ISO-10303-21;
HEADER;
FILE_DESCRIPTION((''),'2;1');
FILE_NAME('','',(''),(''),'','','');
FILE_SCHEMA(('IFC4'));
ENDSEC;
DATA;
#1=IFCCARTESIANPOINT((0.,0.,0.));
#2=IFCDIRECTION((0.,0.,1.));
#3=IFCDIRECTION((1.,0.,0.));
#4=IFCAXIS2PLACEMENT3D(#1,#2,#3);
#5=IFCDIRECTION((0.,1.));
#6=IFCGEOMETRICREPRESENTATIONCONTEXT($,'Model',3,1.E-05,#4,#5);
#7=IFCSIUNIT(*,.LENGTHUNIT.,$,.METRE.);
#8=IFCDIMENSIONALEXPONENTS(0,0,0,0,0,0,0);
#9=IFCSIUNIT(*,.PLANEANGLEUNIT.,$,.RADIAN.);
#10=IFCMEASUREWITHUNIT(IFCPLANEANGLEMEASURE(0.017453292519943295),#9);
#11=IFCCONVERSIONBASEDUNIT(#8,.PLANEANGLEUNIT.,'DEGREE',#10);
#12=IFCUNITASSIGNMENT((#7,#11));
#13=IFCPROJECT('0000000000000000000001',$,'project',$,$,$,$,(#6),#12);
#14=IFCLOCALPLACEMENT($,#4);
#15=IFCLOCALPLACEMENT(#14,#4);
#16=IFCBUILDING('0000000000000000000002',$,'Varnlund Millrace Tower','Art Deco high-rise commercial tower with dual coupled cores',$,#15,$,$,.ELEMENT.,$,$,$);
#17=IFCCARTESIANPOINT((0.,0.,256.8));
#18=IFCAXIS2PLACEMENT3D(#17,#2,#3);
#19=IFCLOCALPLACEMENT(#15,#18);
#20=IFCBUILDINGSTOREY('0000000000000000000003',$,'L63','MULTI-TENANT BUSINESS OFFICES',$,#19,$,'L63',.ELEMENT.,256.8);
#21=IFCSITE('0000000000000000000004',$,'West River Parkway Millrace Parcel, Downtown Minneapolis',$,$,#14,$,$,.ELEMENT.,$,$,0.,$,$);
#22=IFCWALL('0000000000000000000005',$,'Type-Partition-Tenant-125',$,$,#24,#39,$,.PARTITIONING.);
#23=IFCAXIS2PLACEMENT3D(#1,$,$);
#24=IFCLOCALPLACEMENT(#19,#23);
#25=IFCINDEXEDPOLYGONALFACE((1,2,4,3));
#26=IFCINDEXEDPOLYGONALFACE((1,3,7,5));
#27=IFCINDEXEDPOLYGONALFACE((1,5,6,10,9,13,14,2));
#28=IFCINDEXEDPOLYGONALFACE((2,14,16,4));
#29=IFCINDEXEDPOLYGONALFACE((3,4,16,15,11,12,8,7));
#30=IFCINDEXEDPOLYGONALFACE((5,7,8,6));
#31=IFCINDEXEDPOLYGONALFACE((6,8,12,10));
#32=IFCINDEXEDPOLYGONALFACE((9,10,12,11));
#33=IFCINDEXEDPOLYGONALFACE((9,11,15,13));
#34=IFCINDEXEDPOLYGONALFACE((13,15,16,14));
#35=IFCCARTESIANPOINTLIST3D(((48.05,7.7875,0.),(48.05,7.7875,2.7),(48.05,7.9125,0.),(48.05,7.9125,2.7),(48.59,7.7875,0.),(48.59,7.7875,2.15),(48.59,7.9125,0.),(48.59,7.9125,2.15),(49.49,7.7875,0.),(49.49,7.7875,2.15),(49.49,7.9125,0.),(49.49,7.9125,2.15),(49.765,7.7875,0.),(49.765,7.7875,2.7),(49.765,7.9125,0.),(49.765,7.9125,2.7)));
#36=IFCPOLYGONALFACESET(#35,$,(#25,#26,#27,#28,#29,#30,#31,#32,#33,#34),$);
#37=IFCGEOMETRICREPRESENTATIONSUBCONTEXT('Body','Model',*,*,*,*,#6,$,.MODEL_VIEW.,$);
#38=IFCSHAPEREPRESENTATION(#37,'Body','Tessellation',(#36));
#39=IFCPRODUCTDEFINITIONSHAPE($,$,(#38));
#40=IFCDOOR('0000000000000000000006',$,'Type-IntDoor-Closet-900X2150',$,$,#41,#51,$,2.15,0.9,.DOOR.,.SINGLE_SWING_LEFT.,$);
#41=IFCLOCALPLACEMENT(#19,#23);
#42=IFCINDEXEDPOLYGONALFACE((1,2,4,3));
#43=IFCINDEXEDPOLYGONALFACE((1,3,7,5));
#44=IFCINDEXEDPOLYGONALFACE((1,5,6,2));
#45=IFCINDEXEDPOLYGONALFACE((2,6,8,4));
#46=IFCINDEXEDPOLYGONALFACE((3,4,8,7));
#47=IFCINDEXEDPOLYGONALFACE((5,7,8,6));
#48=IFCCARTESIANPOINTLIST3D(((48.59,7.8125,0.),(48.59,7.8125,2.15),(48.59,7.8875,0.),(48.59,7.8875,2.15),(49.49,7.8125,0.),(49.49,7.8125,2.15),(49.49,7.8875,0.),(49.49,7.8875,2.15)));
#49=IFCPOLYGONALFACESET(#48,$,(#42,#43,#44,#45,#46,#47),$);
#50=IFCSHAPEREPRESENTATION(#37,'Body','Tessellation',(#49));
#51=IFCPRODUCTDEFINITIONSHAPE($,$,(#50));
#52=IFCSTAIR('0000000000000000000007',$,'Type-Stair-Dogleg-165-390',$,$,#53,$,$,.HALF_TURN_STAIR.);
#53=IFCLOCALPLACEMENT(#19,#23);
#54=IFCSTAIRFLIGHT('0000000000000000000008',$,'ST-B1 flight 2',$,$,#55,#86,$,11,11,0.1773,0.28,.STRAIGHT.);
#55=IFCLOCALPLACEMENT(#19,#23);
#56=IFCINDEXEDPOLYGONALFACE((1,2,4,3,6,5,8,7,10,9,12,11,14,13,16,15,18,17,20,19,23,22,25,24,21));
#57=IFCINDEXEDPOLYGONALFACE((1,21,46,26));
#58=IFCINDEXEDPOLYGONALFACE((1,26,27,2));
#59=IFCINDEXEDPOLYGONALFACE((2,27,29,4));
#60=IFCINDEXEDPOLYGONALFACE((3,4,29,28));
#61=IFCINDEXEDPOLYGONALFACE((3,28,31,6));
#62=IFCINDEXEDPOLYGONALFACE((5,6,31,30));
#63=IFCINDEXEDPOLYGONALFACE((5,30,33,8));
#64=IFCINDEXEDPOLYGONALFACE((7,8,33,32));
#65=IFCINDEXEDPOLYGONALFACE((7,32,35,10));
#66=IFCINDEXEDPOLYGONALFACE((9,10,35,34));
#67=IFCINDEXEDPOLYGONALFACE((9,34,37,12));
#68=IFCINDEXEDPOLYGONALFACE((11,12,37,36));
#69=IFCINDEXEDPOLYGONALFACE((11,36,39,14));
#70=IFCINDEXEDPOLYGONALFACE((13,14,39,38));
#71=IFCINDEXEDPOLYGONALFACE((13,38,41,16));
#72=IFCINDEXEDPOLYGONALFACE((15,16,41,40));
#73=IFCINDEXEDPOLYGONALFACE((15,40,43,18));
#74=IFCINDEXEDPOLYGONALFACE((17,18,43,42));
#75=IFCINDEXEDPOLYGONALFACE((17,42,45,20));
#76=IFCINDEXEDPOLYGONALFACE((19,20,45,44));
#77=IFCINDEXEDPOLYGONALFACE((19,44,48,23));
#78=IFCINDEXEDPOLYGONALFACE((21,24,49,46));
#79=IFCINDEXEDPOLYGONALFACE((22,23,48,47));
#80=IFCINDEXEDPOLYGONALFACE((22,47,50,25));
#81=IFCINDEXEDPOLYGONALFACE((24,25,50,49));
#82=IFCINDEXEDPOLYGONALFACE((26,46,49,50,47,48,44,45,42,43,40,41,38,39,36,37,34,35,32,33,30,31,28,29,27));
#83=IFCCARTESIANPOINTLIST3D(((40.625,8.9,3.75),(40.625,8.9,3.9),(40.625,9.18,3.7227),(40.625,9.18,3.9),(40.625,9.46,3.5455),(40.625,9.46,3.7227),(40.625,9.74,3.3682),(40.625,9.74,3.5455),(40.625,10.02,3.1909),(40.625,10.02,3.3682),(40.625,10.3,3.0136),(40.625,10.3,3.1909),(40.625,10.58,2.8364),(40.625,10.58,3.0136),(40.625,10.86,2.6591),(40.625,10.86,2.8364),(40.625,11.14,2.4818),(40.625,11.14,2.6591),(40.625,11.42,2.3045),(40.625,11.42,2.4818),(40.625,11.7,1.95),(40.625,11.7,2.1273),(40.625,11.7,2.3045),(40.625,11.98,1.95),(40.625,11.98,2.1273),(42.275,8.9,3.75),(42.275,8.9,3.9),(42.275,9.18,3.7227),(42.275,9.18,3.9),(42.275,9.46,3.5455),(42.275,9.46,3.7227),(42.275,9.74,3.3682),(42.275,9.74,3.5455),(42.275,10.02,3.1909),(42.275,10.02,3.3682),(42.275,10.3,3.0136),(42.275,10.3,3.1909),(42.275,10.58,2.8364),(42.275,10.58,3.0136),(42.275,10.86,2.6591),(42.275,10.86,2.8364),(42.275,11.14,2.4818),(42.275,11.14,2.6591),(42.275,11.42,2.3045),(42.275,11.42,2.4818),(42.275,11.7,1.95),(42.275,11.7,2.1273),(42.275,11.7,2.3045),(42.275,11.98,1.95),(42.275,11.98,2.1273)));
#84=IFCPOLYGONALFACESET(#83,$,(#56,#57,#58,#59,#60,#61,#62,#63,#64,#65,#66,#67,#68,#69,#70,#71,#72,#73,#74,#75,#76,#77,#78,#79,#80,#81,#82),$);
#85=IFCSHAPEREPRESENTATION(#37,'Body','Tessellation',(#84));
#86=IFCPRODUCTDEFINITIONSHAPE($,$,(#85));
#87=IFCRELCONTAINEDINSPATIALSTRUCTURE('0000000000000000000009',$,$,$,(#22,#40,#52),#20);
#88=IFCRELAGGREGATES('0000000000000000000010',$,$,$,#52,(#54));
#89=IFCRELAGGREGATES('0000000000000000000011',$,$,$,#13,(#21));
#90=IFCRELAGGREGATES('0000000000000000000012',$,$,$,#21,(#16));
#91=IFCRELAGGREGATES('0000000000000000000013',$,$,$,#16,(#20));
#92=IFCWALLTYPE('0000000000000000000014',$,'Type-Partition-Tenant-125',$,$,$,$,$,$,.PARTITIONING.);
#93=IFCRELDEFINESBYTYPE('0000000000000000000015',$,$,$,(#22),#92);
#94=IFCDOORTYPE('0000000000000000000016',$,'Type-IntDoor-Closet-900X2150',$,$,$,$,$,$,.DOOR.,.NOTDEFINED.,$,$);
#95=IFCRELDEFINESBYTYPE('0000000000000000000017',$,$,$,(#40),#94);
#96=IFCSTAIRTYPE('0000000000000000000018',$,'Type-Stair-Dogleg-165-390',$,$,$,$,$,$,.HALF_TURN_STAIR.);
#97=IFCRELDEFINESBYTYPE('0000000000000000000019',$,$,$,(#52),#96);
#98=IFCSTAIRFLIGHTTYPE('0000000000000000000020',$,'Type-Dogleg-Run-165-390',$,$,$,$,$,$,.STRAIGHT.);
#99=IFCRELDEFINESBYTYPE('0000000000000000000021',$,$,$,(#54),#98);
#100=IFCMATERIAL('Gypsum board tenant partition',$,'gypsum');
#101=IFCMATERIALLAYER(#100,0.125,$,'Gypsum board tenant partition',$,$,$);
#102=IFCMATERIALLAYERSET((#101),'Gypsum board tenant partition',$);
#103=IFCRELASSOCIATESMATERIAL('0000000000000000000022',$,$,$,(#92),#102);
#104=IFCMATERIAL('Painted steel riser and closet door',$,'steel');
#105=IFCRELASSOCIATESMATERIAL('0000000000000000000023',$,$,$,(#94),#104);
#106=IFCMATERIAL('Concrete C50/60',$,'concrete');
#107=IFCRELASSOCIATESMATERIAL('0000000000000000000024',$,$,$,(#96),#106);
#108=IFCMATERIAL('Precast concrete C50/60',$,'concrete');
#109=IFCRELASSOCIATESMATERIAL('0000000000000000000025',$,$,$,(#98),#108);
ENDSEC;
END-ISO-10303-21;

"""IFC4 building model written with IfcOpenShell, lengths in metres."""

from ifc_helpers import new_model, entity, si_unit, converted_unit, direction, frame, origin_with_axes, origin_2d_with_axis, place, context, subcontext, project, spatial, polyline, rectangle, outline, extrude, material, layer, layer_set, type_object, element, fill, aggregate, save


model = new_model("IFC4")

# Units and contexts
model_context = context("Model", 3, precision=1e-05, world=origin_with_axes(), true_north=direction((0.0, 1.0)))
body_context = subcontext(model_context, "Body", "Model", "MODEL_VIEW")
ifc_project = project(units=[si_unit("LENGTHUNIT", "METRE"), converted_unit("PLANEANGLEUNIT", "DEGREE", entity("IfcPlaneAngleMeasure", 0.017453292519943295), si_unit("PLANEANGLEUNIT", "RADIAN"), dimensions=[0, 0, 0, 0, 0, 0, 0])], contexts=[model_context])

# Site, building, storey
site_placement = place(None, origin_with_axes())
site = spatial("IfcSite", under=ifc_project, at=site_placement, Name="West River Parkway Millrace Parcel, Downtown Minneapolis", CompositionType="ELEMENT", RefElevation=0.0)
building_placement = place(site_placement, origin_with_axes())
building = spatial("IfcBuilding", under=site, at=building_placement, Name="Varnlund Millrace Tower", Description="Art Deco high-rise commercial tower with dual coupled cores", CompositionType="ELEMENT")
storey_placement = place(building_placement, frame((0.0, 0.0, 256.8), z_axis=(0.0, 0.0, 1.0), x_axis=(1.0, 0.0, 0.0)))
storey = spatial("IfcBuildingStorey", under=building, at=storey_placement, Name="L63", Description="MULTI-TENANT BUSINESS OFFICES", LongName="L63", CompositionType="ELEMENT", Elevation=256.8)

# Shared definitions
ifc_material_1 = material(Name="Precast concrete C50/60", Category="concrete")

# Wall, opening, door
ifc_material_2 = material(Name="Gypsum board tenant partition", Category="gypsum")
ifc_layer_1 = layer(ifc_material_2, 0.125, Name="Gypsum board tenant partition")
ifc_layer_set_1 = layer_set([ifc_layer_1], Name="Gypsum board tenant partition")
wall_type_1 = type_object("IfcWallType", Name="Type-Partition-Tenant-125", PredefinedType="PARTITIONING", material=ifc_layer_set_1)
wall_1_placement = place(storey_placement, frame((49.765, 7.85, 0.0), z_axis=(0.0, 0.0, 1.0), x_axis=(-1.0, 0.0, 0.0)))
wall_1 = element("IfcWall", 1, at=wall_1_placement, inside=storey, type_object=wall_type_1, Name="Type-Partition-Tenant-125", PredefinedType="PARTITIONING", context=body_context, shape_type="SweptSolid", body=[
    extrude(outline(polyline([(0.0, -0.0625), (1.715, -0.0625), (1.715, 0.0625), (0.0, 0.0625), (0.0, -0.0625)])), origin_with_axes(), (0.0, 0.0, 1.0), 2.7),
])
opening_1_placement = place(wall_1_placement, frame((0.725, 0.0, 0.0), z_axis=(0.0, 0.0, 1.0), x_axis=(1.0, 0.0, 0.0)))
opening_1 = element("IfcOpeningElement", 2, at=opening_1_placement, cuts=wall_1, PredefinedType="OPENING", context=body_context, shape_type="SweptSolid", body=[
    extrude(rectangle(XDim=0.9, YDim=0.145, at=origin_2d_with_axis()), origin_with_axes(), (0.0, 0.0, 1.0), 2.15),
])
ifc_material_3 = material(Name="Painted steel riser and closet door", Category="steel")
door_type = type_object("IfcDoorType", Name="Type-IntDoor-Closet-900X2150", OperationType="NOTDEFINED", PredefinedType="DOOR", material=ifc_material_3)
door_placement = place(wall_1_placement, frame((0.725, 0.0, 0.0), z_axis=(0.0, 0.0, 1.0), x_axis=(1.0, 0.0, 0.0)))
door = element("IfcDoor", 3, at=door_placement, inside=storey, type_object=door_type, Name="Type-IntDoor-Closet-900X2150", OperationType="SINGLE_SWING_LEFT", OverallHeight=2.15, OverallWidth=0.9, PredefinedType="DOOR", context=body_context, shape_type="SweptSolid", body=[
    extrude(rectangle(XDim=0.9, YDim=0.075, at=origin_2d_with_axis()), origin_with_axes(), (0.0, 0.0, 1.0), 2.15),
])
fill(opening_1, door)

# Stair, stair flight
ifc_material_4 = material(Name="Concrete C50/60", Category="concrete")
stair_type = type_object("IfcStairType", Name="Type-Stair-Dogleg-165-390", PredefinedType="HALF_TURN_STAIR", material=ifc_material_4)
stair_placement = place(storey_placement, origin_with_axes())
stair = element("IfcStair", 4, at=stair_placement, inside=storey, type_object=stair_type, Name="Type-Stair-Dogleg-165-390", PredefinedType="HALF_TURN_STAIR")
stair_flight_type = type_object("IfcStairFlightType", Name="Type-Dogleg-Run-165-390", PredefinedType="STRAIGHT", material=ifc_material_1)
stair_flight_placement = place(storey_placement, frame((42.275, 11.98, 1.95), z_axis=(-1.0, 0.0, 0.0), x_axis=(0.0, -1.0, 0.0)))
stair_flight = element("IfcStairFlight", 5, at=stair_flight_placement, type_object=stair_flight_type, Name="ST-B1 flight 2", NumberOfRisers=11, NumberOfTreads=11, PredefinedType="STRAIGHT", RiserHeight=0.1773, TreadLength=0.28, context=body_context, shape_type="SweptSolid", body=[
    extrude(outline(polyline([(0.0, 0.0), (0.0, 0.1773), (0.28, 0.1773), (0.28, 0.3545), (0.56, 0.3545), (0.56, 0.5318), (0.84, 0.5318), (0.84, 0.7091), (1.12, 0.7091), (1.12, 0.8864), (1.4, 0.8864), (1.4, 1.0636), (1.68, 1.0636), (1.68, 1.2409), (1.96, 1.2409), (1.96, 1.4182), (2.24, 1.4182), (2.24, 1.5955), (2.52, 1.5955), (2.52, 1.7727), (2.8, 1.7727), (2.8, 1.95), (3.08, 1.95), (3.08, 1.8), (0.28, 0.0), (0.0, 0.0)])), origin_with_axes(), (0.0, 0.0, 1.0), 1.65),
])
aggregate(stair, [stair_flight])

save(model, "model.ifc")
